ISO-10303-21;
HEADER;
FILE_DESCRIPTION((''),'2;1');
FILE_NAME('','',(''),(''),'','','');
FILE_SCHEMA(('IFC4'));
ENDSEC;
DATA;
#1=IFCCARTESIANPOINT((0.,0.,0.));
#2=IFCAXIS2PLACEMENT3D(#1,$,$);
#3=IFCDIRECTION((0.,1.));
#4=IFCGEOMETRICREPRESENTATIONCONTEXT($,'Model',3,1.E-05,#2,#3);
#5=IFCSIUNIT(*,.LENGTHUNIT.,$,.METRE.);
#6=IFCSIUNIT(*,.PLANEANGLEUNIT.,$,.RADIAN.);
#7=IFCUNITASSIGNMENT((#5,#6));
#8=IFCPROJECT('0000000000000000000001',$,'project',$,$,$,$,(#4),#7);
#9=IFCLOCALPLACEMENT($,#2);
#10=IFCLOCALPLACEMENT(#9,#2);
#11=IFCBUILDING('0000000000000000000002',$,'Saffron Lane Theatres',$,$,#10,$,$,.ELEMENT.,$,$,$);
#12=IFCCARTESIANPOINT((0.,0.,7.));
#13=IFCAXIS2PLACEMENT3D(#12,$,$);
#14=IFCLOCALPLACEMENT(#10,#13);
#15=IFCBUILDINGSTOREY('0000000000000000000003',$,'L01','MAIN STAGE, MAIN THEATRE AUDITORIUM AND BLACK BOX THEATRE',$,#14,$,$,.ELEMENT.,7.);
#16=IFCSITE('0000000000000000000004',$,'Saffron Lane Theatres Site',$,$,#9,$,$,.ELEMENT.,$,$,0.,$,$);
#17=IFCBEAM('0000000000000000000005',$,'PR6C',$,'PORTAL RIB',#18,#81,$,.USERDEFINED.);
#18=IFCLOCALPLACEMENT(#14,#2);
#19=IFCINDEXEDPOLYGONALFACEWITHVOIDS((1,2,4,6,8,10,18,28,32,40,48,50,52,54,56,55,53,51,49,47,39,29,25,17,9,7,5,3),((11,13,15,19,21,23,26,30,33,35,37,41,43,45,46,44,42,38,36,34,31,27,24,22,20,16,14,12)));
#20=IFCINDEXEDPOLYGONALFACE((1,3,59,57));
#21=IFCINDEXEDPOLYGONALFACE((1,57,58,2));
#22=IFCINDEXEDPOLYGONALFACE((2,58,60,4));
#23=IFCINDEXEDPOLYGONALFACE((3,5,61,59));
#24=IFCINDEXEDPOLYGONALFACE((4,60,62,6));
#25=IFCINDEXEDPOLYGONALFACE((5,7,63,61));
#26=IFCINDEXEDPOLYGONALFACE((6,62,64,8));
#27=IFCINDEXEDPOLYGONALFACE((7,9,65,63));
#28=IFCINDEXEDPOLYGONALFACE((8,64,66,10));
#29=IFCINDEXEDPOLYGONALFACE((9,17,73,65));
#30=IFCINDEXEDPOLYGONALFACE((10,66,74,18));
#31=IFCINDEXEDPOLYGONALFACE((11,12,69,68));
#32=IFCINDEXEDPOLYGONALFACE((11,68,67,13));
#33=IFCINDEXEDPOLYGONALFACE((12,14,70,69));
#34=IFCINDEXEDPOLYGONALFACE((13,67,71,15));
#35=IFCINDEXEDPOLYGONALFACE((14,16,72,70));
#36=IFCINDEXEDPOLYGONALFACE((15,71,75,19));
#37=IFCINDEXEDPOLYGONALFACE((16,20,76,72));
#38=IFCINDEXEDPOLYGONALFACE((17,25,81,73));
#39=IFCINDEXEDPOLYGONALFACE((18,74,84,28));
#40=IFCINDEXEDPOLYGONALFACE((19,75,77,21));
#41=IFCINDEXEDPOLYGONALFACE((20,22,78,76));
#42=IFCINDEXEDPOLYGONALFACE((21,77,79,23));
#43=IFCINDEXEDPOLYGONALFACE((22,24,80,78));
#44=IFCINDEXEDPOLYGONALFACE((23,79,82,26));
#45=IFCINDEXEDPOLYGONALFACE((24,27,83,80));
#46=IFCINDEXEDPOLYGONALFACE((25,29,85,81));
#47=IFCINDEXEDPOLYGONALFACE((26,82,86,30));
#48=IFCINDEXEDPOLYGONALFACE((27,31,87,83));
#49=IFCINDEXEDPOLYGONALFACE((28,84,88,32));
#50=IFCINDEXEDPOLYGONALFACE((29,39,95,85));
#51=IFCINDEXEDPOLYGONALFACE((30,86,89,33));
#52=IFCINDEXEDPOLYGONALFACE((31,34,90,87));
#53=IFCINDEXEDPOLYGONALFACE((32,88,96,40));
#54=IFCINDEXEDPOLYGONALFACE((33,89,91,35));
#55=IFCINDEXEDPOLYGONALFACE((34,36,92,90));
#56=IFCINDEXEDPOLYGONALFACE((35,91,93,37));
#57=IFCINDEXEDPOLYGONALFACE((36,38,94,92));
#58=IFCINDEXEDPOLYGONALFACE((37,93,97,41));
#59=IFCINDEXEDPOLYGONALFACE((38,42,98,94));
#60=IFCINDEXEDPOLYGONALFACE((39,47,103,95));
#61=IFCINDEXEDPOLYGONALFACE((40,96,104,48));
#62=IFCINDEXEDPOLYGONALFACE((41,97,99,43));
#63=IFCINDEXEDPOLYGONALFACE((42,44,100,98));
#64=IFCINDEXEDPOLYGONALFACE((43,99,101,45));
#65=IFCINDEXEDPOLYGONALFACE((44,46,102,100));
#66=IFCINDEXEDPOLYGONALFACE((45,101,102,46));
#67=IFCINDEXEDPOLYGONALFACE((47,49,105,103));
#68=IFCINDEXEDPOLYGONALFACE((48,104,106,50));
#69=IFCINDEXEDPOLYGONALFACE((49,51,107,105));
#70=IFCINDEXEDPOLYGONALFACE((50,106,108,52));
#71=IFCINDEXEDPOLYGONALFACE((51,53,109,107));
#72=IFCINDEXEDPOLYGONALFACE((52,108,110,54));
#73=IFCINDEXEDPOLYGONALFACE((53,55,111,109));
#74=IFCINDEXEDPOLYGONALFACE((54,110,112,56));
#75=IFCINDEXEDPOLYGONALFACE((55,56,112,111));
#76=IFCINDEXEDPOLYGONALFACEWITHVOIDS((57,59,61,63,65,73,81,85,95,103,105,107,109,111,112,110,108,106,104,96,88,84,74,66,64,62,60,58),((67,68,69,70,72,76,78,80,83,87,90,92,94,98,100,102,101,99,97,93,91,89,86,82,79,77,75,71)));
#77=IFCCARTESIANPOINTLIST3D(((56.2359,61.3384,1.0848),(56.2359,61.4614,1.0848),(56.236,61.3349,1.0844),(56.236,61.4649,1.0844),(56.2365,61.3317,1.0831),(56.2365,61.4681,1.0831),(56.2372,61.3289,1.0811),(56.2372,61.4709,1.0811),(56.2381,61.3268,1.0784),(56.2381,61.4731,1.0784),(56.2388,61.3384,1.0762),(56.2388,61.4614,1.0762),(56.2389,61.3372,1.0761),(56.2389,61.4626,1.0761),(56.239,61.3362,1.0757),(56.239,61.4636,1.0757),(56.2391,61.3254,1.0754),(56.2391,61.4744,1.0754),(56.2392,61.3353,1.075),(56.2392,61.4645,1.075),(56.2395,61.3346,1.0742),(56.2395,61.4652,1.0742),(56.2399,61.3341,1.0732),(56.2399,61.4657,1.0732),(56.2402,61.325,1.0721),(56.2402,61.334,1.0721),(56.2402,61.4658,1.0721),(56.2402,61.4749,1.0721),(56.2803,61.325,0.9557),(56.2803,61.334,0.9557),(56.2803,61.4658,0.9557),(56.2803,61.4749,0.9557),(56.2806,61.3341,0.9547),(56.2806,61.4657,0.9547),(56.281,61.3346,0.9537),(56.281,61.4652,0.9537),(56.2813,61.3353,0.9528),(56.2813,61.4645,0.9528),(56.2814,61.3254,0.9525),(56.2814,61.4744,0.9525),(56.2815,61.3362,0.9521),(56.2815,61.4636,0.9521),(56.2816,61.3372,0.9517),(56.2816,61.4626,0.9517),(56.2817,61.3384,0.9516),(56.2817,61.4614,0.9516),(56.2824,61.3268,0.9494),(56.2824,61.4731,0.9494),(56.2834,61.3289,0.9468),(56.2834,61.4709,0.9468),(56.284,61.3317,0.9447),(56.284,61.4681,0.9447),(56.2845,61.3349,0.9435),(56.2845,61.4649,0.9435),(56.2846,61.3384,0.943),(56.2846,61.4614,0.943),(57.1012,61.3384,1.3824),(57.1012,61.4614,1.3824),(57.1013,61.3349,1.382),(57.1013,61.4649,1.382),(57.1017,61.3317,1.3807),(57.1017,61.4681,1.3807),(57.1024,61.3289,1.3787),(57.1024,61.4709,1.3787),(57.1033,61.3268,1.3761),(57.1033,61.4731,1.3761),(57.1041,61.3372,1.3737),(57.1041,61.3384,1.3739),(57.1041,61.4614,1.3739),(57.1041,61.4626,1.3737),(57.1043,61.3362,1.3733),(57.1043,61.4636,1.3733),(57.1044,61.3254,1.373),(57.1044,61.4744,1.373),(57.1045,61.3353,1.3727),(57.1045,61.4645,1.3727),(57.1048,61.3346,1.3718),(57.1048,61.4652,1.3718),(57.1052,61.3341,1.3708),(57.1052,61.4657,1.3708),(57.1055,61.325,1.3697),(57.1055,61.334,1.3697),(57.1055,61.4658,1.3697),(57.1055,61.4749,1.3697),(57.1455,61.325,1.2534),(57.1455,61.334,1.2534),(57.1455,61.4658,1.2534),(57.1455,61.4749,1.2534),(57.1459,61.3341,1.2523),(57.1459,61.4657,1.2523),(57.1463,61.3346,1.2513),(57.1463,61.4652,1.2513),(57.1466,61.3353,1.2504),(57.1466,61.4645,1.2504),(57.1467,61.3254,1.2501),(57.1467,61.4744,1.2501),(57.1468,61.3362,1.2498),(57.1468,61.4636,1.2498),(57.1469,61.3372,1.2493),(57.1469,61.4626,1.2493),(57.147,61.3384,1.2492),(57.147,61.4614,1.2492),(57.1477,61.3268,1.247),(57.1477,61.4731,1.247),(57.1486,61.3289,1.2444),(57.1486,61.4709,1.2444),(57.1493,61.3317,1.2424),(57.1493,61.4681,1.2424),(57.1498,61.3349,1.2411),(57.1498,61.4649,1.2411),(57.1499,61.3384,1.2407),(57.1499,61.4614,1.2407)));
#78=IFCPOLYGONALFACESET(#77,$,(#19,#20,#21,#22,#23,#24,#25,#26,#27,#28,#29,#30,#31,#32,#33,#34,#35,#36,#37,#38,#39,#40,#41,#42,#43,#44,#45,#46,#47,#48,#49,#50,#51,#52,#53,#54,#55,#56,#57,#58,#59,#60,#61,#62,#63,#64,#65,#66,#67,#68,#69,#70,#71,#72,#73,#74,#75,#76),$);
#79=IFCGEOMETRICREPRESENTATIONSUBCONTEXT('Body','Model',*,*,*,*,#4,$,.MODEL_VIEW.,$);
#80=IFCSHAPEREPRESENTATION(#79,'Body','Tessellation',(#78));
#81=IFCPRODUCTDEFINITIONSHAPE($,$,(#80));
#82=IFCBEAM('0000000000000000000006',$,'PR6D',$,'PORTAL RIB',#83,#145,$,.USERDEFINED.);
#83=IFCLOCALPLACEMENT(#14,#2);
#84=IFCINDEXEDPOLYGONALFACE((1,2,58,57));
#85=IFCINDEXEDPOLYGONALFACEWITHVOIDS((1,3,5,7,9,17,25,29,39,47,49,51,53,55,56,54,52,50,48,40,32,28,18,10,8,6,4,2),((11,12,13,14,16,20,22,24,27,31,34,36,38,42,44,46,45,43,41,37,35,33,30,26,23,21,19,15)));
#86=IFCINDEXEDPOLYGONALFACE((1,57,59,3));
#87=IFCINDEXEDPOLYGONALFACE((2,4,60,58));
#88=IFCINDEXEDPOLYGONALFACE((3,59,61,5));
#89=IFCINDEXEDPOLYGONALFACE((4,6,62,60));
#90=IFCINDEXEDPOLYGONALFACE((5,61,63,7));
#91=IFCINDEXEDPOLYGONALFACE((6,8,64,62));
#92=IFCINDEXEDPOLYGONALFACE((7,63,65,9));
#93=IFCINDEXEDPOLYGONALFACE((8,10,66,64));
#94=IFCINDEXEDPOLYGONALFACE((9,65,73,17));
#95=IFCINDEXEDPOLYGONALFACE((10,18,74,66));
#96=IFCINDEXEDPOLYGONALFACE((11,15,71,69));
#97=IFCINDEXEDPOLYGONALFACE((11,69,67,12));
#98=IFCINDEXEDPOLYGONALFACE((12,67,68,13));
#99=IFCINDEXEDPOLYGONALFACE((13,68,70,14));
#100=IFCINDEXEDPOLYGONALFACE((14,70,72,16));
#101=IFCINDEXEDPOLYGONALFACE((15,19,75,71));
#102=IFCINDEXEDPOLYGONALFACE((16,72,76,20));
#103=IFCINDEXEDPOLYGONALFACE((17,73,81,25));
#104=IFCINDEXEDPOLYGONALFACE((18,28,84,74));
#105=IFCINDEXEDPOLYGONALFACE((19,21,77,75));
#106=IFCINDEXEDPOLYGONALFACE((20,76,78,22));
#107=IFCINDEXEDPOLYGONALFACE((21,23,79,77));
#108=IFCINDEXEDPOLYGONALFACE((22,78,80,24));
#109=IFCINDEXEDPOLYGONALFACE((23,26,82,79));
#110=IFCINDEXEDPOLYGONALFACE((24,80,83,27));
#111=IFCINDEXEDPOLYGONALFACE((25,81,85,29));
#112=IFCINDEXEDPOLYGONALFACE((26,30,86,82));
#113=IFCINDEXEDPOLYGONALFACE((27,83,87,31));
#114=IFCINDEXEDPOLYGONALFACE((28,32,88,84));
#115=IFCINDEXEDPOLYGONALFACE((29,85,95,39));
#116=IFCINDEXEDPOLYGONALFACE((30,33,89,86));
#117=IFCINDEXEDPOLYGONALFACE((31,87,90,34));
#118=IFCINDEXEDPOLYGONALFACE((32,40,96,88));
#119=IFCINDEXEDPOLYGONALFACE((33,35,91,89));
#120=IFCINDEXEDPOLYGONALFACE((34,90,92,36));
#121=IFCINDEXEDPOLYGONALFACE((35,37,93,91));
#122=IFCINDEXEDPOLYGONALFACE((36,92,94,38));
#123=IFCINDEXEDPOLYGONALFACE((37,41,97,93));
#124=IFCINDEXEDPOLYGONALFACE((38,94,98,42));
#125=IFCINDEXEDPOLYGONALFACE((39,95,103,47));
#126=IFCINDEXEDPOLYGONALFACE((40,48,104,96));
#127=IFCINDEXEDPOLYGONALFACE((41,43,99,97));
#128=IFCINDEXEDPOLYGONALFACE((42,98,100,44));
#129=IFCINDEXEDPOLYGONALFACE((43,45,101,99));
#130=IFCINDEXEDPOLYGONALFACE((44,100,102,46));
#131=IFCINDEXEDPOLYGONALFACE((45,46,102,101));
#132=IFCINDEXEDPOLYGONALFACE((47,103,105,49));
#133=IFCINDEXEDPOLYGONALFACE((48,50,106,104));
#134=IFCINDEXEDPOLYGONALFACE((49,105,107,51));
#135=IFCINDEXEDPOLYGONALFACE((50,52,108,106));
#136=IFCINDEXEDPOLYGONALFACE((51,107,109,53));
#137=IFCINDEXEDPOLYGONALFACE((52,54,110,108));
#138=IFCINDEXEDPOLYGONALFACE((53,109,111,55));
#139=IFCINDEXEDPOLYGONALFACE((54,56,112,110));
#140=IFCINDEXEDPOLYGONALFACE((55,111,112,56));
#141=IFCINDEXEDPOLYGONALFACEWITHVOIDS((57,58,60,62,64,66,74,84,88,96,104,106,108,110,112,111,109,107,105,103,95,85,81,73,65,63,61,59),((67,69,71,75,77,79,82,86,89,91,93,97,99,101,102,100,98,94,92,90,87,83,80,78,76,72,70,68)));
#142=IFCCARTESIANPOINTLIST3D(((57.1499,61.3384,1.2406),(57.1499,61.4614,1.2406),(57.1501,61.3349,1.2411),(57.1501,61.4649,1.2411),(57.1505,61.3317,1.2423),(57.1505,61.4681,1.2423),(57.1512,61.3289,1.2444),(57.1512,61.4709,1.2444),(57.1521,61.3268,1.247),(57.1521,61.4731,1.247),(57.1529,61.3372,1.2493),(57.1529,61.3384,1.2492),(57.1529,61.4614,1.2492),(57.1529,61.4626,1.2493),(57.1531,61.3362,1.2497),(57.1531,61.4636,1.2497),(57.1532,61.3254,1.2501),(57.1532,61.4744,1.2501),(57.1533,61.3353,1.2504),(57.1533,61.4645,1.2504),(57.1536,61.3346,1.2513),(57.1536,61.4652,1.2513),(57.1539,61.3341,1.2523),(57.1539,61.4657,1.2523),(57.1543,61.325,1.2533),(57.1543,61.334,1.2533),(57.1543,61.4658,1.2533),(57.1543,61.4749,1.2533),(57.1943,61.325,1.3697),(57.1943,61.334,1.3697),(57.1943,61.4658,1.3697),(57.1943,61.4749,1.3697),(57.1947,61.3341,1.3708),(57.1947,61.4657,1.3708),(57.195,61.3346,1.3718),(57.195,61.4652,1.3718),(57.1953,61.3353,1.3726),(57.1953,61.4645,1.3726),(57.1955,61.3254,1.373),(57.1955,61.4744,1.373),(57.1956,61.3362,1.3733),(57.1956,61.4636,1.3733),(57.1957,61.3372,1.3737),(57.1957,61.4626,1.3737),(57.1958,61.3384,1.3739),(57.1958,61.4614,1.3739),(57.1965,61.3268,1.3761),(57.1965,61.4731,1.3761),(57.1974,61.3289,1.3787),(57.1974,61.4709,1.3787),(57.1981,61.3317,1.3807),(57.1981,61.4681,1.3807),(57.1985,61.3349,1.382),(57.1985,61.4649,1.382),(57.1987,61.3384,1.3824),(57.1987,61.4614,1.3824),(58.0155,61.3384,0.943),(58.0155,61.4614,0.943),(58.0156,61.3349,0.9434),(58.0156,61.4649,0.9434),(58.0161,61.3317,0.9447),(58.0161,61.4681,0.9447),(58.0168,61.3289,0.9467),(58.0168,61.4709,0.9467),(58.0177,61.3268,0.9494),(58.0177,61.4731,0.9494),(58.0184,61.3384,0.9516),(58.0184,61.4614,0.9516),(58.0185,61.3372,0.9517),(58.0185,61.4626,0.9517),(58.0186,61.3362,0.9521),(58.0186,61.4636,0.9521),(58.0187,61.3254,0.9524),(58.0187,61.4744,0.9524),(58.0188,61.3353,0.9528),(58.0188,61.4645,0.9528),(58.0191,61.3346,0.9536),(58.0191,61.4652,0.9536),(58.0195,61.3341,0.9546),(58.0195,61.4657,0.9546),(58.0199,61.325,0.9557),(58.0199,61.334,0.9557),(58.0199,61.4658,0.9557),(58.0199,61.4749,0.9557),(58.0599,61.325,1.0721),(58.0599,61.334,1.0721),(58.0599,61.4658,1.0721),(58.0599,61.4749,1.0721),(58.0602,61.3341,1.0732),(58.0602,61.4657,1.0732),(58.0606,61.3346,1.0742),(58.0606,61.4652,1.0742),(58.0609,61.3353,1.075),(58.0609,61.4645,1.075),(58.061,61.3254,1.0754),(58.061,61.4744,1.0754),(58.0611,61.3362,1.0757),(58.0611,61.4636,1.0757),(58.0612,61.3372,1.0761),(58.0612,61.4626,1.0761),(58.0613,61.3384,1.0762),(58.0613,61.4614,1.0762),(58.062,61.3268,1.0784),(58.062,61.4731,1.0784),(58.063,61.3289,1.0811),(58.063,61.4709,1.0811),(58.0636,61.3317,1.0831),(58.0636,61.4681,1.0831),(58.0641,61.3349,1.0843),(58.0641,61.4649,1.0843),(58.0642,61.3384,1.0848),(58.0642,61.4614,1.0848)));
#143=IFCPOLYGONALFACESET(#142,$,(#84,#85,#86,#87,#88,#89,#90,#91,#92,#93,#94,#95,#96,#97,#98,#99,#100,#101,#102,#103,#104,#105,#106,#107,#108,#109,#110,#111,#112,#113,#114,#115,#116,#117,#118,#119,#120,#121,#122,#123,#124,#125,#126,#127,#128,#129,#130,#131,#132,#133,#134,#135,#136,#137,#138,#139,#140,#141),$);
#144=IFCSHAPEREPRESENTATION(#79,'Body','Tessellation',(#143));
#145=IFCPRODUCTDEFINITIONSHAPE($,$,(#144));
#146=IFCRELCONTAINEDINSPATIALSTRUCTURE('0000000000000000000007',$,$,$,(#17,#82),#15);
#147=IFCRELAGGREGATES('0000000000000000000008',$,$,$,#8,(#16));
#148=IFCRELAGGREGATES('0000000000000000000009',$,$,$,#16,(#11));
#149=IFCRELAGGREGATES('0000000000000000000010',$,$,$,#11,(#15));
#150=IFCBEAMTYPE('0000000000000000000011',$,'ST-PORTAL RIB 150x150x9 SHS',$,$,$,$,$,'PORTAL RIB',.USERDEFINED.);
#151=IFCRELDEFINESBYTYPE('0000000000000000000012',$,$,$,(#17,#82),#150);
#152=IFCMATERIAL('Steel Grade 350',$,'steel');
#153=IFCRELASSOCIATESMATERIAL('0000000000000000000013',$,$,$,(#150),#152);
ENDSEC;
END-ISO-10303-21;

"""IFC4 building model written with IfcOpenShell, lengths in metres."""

from ifc_helpers import new_model, si_unit, direction, frame, origin, origin_2d, place, context, subcontext, project, spatial, hollow_rectangle, extrude, material, material_profile, profile_set, type_object, element, save


model = new_model("IFC4")

# Units and contexts
model_context = context("Model", 3, precision=1e-05, world=origin(), true_north=direction((0.0, 1.0)))
body_context = subcontext(model_context, "Body", "Model", "MODEL_VIEW")
ifc_project = project(units=[si_unit("LENGTHUNIT", "METRE"), si_unit("PLANEANGLEUNIT", "RADIAN")], contexts=[model_context])

# Site, building, storey
site_placement = place(None, origin())
site = spatial("IfcSite", under=ifc_project, at=site_placement, Name="Saffron Lane Theatres Site", CompositionType="ELEMENT", RefElevation=0.0)
building_placement = place(site_placement, origin())
building = spatial("IfcBuilding", under=site, at=building_placement, Name="Saffron Lane Theatres", CompositionType="ELEMENT")
storey_placement = place(building_placement, frame((0.0, 0.0, 7.0)))
storey = spatial("IfcBuildingStorey", under=building, at=storey_placement, Name="L01", Description="MAIN STAGE, MAIN THEATRE AUDITORIUM AND BLACK BOX THEATRE", CompositionType="ELEMENT", Elevation=7.0)

# Beams
ifc_material_1 = material(Name="Steel Grade 350", Category="steel")
ifc_material_profile_1 = material_profile(ifc_material_1, hollow_rectangle(XDim=0.1499, YDim=0.1499, WallThickness=0.009, InnerFilletRadius=0.0044, OuterFilletRadius=0.0134, at=origin_2d()))
ifc_profile_set_1 = profile_set([ifc_material_profile_1], Name="Steel Grade 350")
beam_type_1 = type_object("IfcBeamType", Name="ST-PORTAL RIB 150x150x9 SHS", ElementType="PORTAL RIB", PredefinedType="USERDEFINED", material=ifc_profile_set_1)
beam_1_placement = place(storey_placement, frame((56.2603, 61.3999, 1.0139), z_axis=(0.945625, 0.0, 0.325259), x_axis=(0.0, 1.0, 0.0)))
element("IfcBeam", 1, at=beam_1_placement, inside=storey, type_object=beam_type_1, Name="PR6C", ObjectType="PORTAL RIB", PredefinedType="USERDEFINED", context=body_context, shape_type="SweptSolid", body=[
    extrude(hollow_rectangle(XDim=0.1499, YDim=0.1499, WallThickness=0.009, InnerFilletRadius=0.0044, OuterFilletRadius=0.0134, at=origin_2d()), origin(), (0.0, 0.0, 1.0), 0.915),
])
beam_2_placement = place(storey_placement, frame((57.1743, 61.3999, 1.3115), z_axis=(0.945653, 0.0, -0.325177), x_axis=(0.0, 1.0, 0.0)))
element("IfcBeam", 2, at=beam_2_placement, inside=storey, type_object=beam_type_1, Name="PR6D", ObjectType="PORTAL RIB", PredefinedType="USERDEFINED", context=body_context, shape_type="SweptSolid", body=[
    extrude(hollow_rectangle(XDim=0.1499, YDim=0.1499, WallThickness=0.009, InnerFilletRadius=0.0044, OuterFilletRadius=0.0134, at=origin_2d()), origin(), (0.0, 0.0, 1.0), 0.9153),
])

save(model, "model.ifc")
